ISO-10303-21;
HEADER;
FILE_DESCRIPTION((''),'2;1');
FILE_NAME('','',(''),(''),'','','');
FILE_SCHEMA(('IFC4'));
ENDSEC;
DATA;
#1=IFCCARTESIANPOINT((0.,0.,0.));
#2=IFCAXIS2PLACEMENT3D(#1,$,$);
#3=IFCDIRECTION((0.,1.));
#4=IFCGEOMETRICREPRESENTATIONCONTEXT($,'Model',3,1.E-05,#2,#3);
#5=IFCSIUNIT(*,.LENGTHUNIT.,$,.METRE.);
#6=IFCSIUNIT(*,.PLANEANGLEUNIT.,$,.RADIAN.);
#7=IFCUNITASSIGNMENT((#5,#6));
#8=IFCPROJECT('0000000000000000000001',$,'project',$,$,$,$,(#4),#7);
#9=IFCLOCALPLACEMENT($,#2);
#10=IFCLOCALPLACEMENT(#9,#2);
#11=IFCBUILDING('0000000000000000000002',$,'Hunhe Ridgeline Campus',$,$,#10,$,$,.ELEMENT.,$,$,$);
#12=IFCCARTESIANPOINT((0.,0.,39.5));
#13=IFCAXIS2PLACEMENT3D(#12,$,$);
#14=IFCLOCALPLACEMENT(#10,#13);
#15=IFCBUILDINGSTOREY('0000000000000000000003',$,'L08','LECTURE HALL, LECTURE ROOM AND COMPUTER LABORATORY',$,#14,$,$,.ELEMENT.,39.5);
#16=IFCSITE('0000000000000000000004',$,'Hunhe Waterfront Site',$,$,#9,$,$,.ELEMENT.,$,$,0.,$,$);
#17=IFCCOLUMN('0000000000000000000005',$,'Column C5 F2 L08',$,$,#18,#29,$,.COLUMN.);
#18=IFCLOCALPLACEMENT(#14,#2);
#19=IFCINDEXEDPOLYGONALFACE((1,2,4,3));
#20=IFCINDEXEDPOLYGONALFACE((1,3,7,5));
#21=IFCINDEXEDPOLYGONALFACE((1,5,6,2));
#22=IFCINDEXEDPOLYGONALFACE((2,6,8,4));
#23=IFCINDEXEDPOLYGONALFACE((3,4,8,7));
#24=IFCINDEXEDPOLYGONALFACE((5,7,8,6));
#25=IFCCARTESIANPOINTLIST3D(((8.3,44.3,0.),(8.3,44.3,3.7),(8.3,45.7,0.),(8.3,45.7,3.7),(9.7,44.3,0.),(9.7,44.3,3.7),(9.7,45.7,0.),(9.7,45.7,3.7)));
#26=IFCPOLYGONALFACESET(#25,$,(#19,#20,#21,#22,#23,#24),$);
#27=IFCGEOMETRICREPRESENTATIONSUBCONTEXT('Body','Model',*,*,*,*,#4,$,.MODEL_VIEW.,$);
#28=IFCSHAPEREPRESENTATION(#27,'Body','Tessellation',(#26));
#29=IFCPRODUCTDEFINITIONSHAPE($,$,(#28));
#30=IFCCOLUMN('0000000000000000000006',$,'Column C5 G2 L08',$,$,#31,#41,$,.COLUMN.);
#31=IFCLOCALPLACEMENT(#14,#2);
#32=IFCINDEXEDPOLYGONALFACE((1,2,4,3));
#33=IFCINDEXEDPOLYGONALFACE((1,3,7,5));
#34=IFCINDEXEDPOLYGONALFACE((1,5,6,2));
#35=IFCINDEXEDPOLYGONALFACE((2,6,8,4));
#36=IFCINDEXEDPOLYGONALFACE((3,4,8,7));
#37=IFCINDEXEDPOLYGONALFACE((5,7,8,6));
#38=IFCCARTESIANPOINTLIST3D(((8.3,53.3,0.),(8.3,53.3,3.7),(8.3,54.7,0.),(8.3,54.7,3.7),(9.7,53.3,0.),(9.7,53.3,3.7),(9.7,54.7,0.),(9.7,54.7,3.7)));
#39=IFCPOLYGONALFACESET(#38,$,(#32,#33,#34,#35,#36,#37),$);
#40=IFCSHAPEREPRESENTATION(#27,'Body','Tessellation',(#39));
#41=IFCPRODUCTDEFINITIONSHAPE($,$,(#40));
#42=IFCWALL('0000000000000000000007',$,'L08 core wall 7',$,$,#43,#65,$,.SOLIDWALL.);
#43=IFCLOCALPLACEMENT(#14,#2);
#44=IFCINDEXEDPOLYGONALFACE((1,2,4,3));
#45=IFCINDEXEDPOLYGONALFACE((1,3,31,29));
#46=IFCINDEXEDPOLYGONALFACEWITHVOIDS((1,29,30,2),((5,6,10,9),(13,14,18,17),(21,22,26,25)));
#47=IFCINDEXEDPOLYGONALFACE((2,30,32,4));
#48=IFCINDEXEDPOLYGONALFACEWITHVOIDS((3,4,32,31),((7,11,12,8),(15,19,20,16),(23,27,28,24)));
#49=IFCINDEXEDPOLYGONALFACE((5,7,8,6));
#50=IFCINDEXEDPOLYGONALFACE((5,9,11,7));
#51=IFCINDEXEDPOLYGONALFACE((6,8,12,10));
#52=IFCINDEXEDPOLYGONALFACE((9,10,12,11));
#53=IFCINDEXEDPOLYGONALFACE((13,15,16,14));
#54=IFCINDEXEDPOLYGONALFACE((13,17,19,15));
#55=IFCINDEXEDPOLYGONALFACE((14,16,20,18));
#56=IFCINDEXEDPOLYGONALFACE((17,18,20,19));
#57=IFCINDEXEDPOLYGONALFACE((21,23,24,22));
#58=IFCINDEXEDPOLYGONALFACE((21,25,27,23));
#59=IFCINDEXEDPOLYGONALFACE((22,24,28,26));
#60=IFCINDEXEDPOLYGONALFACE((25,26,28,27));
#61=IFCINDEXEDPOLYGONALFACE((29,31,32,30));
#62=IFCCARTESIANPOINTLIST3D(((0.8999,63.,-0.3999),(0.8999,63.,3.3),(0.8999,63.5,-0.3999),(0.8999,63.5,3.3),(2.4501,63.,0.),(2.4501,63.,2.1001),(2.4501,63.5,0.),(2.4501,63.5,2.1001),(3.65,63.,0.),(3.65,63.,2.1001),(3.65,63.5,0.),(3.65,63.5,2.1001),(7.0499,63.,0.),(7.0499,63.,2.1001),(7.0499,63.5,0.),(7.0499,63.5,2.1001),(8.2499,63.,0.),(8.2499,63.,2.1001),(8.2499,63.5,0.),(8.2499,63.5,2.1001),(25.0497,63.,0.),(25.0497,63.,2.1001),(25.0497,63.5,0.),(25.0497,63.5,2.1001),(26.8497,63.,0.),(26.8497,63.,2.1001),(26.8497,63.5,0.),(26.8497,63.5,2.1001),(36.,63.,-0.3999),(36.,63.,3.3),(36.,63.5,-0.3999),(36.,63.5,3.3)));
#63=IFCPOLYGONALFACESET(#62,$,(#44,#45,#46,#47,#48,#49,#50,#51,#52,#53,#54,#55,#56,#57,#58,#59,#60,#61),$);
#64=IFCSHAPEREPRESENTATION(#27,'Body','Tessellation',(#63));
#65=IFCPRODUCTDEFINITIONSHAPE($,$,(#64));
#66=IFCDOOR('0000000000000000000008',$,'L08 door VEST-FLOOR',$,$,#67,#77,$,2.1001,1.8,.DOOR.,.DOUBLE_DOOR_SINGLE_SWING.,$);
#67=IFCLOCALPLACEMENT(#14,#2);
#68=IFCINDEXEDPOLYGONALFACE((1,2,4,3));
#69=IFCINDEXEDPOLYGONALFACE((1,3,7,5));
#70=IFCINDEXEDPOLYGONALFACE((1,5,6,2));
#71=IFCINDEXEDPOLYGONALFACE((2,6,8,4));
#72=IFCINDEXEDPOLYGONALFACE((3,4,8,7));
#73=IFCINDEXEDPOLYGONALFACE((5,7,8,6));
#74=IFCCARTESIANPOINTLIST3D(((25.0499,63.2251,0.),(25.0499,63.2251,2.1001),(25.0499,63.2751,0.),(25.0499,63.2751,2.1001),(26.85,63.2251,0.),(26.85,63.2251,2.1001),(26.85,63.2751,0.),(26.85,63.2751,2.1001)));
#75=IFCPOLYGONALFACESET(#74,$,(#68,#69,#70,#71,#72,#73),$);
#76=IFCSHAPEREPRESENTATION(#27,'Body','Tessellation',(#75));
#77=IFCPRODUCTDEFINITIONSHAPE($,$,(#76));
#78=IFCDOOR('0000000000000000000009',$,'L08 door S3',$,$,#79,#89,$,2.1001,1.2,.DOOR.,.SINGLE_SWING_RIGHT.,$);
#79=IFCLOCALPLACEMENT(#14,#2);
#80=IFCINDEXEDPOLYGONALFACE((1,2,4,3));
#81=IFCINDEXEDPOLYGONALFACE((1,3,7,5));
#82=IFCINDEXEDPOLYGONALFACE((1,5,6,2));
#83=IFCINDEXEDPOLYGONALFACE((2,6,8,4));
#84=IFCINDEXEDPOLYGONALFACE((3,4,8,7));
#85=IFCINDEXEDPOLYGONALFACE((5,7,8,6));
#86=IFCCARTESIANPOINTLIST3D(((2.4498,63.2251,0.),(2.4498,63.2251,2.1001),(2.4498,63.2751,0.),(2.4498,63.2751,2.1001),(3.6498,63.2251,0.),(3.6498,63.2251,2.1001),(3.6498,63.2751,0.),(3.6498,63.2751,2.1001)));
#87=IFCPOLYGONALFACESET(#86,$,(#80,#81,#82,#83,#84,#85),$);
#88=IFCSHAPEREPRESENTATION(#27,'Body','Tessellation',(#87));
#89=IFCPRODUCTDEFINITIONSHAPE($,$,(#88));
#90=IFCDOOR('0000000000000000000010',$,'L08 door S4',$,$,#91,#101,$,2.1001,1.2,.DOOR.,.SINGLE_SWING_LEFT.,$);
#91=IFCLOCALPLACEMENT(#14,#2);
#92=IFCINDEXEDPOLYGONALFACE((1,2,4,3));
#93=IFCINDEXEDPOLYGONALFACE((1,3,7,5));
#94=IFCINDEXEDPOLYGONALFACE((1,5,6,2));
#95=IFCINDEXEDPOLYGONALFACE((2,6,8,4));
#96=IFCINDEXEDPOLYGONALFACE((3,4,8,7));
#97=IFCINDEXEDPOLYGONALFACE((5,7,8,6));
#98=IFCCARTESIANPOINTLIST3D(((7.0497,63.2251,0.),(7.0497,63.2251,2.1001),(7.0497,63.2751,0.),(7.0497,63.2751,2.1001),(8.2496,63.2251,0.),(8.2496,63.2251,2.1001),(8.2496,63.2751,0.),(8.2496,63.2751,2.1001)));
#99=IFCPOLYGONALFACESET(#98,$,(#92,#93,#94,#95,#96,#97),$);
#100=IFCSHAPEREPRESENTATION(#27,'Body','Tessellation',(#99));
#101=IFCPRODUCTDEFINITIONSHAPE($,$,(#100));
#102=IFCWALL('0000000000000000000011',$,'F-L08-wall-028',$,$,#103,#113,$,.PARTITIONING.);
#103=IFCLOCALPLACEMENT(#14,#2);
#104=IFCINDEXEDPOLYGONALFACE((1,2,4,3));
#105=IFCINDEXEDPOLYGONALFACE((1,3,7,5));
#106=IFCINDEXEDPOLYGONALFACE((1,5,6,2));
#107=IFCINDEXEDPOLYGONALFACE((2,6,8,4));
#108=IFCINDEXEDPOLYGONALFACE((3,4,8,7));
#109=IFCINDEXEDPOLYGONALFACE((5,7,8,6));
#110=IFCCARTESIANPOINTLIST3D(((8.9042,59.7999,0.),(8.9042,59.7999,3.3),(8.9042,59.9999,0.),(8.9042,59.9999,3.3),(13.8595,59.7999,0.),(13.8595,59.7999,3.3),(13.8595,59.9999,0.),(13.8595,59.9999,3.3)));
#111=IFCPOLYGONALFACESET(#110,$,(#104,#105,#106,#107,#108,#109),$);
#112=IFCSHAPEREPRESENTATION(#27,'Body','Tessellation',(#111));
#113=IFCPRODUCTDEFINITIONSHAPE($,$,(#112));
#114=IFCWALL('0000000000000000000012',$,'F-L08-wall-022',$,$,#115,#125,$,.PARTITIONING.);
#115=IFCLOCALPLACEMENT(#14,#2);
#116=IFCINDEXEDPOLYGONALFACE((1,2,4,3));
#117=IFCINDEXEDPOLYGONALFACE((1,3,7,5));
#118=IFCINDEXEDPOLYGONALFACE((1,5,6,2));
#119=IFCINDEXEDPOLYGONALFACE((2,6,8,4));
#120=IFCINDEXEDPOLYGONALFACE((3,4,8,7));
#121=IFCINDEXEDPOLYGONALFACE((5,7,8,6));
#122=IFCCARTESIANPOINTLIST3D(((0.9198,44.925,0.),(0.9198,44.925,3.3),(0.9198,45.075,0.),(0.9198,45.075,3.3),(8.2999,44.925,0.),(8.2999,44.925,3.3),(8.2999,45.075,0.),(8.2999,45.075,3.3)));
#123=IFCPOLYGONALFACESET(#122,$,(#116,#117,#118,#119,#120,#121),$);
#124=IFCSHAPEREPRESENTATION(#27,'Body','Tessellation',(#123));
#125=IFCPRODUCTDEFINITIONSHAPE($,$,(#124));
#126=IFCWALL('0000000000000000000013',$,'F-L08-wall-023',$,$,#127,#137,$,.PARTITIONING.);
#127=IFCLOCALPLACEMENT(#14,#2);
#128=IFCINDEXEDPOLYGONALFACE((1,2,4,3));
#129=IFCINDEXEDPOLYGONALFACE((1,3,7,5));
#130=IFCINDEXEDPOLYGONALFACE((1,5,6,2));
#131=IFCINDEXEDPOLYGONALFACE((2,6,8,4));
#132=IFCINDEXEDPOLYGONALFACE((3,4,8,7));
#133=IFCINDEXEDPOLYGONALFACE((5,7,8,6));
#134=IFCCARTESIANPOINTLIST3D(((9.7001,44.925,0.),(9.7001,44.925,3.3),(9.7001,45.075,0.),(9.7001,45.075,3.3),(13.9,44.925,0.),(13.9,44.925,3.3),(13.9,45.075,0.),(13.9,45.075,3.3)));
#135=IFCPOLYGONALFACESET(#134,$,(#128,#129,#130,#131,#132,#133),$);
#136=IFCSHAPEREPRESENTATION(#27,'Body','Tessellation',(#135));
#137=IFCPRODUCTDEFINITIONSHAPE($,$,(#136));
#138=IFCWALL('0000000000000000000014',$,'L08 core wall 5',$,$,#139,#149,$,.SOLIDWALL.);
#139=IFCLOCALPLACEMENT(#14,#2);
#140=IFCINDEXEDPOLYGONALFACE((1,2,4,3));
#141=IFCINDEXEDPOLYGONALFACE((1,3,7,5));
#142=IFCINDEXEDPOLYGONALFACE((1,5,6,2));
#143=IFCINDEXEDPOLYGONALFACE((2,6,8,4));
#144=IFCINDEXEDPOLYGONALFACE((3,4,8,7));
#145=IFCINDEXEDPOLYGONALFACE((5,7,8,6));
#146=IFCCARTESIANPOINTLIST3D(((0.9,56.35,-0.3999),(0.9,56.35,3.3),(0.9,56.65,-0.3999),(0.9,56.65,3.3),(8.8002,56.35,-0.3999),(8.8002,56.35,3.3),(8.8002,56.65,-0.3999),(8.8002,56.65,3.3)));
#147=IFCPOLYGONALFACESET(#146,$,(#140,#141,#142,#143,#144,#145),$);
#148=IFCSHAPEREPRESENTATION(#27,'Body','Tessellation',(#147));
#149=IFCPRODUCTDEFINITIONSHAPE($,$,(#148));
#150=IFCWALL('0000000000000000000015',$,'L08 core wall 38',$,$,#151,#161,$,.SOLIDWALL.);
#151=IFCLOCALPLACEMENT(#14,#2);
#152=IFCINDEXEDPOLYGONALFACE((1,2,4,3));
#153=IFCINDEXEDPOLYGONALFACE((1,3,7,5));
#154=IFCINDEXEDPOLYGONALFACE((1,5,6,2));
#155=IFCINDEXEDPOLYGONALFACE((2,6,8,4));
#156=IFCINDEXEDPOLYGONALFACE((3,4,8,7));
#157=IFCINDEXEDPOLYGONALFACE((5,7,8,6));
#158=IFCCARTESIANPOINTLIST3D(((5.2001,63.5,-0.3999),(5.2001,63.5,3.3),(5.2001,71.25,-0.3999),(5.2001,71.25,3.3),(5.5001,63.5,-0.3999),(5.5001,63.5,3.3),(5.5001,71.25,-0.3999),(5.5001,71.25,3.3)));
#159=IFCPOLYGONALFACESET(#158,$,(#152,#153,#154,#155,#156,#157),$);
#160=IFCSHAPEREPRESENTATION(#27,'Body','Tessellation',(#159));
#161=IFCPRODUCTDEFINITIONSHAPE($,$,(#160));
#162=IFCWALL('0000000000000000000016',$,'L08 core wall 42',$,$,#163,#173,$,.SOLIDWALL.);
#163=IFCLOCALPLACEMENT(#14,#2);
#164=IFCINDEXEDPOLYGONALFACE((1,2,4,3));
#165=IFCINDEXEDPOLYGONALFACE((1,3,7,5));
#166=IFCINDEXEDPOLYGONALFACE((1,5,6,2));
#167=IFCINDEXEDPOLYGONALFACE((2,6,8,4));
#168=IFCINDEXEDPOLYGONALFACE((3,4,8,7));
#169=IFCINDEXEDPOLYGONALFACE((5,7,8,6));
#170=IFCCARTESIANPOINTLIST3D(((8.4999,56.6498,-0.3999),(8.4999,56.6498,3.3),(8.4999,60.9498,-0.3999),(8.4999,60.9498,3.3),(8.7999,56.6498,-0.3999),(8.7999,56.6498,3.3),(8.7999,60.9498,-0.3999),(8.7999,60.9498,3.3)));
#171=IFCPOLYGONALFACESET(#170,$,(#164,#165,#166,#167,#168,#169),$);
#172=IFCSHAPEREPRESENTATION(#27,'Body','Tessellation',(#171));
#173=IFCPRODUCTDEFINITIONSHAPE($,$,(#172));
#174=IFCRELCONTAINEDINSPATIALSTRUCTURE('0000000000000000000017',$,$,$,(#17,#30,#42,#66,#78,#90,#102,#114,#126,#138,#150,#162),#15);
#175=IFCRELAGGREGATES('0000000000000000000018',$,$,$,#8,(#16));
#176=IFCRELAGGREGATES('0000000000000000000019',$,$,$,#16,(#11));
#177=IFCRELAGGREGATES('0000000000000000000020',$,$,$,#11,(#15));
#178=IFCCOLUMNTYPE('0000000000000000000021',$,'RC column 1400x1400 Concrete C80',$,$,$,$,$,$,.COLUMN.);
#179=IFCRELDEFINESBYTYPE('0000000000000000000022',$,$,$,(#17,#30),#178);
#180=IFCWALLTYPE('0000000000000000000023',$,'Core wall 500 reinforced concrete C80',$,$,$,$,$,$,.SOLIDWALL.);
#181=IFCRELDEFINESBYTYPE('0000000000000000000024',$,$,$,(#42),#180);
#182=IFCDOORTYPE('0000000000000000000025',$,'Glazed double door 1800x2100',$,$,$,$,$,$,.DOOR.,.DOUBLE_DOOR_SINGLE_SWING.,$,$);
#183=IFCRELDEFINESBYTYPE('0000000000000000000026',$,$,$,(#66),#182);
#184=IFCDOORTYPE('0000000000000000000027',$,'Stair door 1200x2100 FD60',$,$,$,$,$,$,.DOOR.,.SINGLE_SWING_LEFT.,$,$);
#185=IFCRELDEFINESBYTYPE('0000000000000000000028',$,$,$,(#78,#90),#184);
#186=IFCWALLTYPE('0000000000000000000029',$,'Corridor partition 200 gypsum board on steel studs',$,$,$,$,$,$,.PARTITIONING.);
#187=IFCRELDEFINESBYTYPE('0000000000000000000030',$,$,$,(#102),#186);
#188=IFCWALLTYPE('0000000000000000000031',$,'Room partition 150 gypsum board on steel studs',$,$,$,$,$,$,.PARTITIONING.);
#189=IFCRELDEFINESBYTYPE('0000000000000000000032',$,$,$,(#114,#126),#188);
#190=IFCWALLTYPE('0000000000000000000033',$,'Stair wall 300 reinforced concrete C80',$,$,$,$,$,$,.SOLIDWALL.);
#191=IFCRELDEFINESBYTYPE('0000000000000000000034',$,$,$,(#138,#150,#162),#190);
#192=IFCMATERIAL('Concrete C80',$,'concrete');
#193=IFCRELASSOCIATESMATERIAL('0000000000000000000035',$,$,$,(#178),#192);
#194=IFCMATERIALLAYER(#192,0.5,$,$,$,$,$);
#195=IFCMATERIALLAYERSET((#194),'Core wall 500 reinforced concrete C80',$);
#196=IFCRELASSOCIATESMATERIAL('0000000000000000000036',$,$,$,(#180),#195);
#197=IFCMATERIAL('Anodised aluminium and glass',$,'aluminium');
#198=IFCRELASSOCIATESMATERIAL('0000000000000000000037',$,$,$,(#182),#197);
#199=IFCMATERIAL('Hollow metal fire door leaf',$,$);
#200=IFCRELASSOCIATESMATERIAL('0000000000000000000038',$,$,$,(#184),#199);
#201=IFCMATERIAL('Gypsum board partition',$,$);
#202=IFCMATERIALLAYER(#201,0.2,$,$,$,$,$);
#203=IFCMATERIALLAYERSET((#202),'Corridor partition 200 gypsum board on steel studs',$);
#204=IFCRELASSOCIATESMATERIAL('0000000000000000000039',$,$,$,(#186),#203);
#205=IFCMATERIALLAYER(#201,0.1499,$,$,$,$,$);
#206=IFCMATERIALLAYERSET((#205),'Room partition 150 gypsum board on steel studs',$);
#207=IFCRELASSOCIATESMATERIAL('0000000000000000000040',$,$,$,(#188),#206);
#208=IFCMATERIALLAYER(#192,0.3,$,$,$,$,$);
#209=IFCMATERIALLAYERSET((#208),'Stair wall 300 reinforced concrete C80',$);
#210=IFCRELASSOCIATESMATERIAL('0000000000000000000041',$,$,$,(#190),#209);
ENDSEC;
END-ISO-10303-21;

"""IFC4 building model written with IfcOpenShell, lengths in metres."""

from ifc_helpers import new_model, si_unit, direction, frame, frame_2d, origin, origin_2d, place, context, subcontext, project, spatial, rectangle, extrude, material, layer, layer_set, material_profile, profile_set, type_object, element, fill, save


model = new_model("IFC4")

# Units and contexts
model_context = context("Model", 3, precision=1e-05, world=origin(), true_north=direction((0.0, 1.0)))
body_context = subcontext(model_context, "Body", "Model", "MODEL_VIEW")
ifc_project = project(units=[si_unit("LENGTHUNIT", "METRE"), si_unit("PLANEANGLEUNIT", "RADIAN")], contexts=[model_context])

# Site, building, storey
site_placement = place(None, origin())
site = spatial("IfcSite", under=ifc_project, at=site_placement, Name="Hunhe Waterfront Site", CompositionType="ELEMENT", RefElevation=0.0)
building_placement = place(site_placement, origin())
building = spatial("IfcBuilding", under=site, at=building_placement, Name="Hunhe Ridgeline Campus", CompositionType="ELEMENT")
storey_placement = place(building_placement, frame((0.0, 0.0, 39.5)))
storey = spatial("IfcBuildingStorey", under=building, at=storey_placement, Name="L08", Description="LECTURE HALL, LECTURE ROOM AND COMPUTER LABORATORY", CompositionType="ELEMENT", Elevation=39.5)

# Columns
ifc_material_1 = material(Name="Concrete C80", Category="concrete")
ifc_material_profile = material_profile(ifc_material_1, rectangle(XDim=1.3999, YDim=1.3999, at=origin_2d()))
ifc_profile_set = profile_set([ifc_material_profile], Name="Concrete C80")
column_type = type_object("IfcColumnType", Name="RC column 1400x1400 Concrete C80", PredefinedType="COLUMN", material=ifc_profile_set)
for number, where, z_axis, x_axis, name in (
    (1, (9.0, 45.0, 0.0), (0.0, 0.0, 1.0), (1.0, 0.0, 0.0), "Column C5 F2 L08"),
    (2, (9.0, 54.0, 0.0), (0.0, 0.0, 1.0), (1.0, 0.0, 0.0), "Column C5 G2 L08"),
):
    element("IfcColumn", number, at=place(storey_placement, frame(where, z_axis=z_axis, x_axis=x_axis)), inside=storey, type_object=column_type, Name=name, PredefinedType="COLUMN", context=body_context, shape_type="SweptSolid", body=[
        extrude(rectangle(XDim=1.3999, YDim=1.3999, at=origin_2d()), origin(), (0.0, 0.0, 1.0), 3.7),
    ])

# Wall, openings, doors
ifc_layer_1 = layer(ifc_material_1, 0.5)
ifc_layer_set_1 = layer_set([ifc_layer_1], Name="Core wall 500 reinforced concrete C80")
wall_type_1 = type_object("IfcWallType", Name="Core wall 500 reinforced concrete C80", PredefinedType="SOLIDWALL", material=ifc_layer_set_1)
wall_1_placement = place(storey_placement, frame((0.8999, 63.25, -0.3999), z_axis=(0.0, 0.0, 1.0), x_axis=(1.0, 0.0, 0.0)))
wall_1 = element("IfcWall", 3, at=wall_1_placement, inside=storey, type_object=wall_type_1, Name="L08 core wall 7", PredefinedType="SOLIDWALL", context=body_context, shape_type="SweptSolid", body=[
    extrude(rectangle(XDim=35.1001, YDim=0.5, at=frame_2d((17.55, 0.0))), origin(), (0.0, 0.0, 1.0), 3.7),
])
opening_1_placement = place(wall_1_placement, frame((24.1499, 0.0, 0.3999)))
opening_1 = element("IfcOpeningElement", 4, at=opening_1_placement, cuts=wall_1, PredefinedType="OPENING", context=body_context, shape_type="SweptSolid", body=[
    extrude(rectangle(XDim=1.8, YDim=2.1001, at=frame_2d((0.8999, 1.05))), frame((0.0, 0.25, 0.0), z_axis=(0.0, -1.0, 0.0), x_axis=(1.0, 0.0, 0.0)), (0.0, 0.0, 1.0), 0.5),
])
opening_2_placement = place(wall_1_placement, frame((1.55, 0.0, 0.3999)))
opening_2 = element("IfcOpeningElement", 5, at=opening_2_placement, cuts=wall_1, PredefinedType="OPENING", context=body_context, shape_type="SweptSolid", body=[
    extrude(rectangle(XDim=1.2, YDim=2.1001, at=frame_2d((0.6001, 1.05))), frame((0.0, 0.25, 0.0), z_axis=(0.0, -1.0, 0.0), x_axis=(1.0, 0.0, 0.0)), (0.0, 0.0, 1.0), 0.5),
])
opening_3_placement = place(wall_1_placement, frame((6.1499, 0.0, 0.3999)))
opening_3 = element("IfcOpeningElement", 6, at=opening_3_placement, cuts=wall_1, PredefinedType="OPENING", context=body_context, shape_type="SweptSolid", body=[
    extrude(rectangle(XDim=1.2, YDim=2.1001, at=frame_2d((0.6001, 1.05))), frame((0.0, 0.25, 0.0), z_axis=(0.0, -1.0, 0.0), x_axis=(1.0, 0.0, 0.0)), (0.0, 0.0, 1.0), 0.5),
])
ifc_material_2 = material(Name="Anodised aluminium and glass", Category="aluminium")
door_type_1 = type_object("IfcDoorType", Name="Glazed double door 1800x2100", OperationType="DOUBLE_DOOR_SINGLE_SWING", PredefinedType="DOOR", material=ifc_material_2)
door_1_placement = place(opening_1_placement, frame((1.8, 0.0, 0.0), z_axis=(0.0, 0.0, 1.0), x_axis=(-1.0, 0.0, 0.0)))
door_1 = element("IfcDoor", 7, at=door_1_placement, inside=storey, type_object=door_type_1, Name="L08 door VEST-FLOOR", OperationType="DOUBLE_DOOR_SINGLE_SWING", OverallHeight=2.1001, OverallWidth=1.8, PredefinedType="DOOR", context=body_context, shape_type="SweptSolid", body=[
    extrude(rectangle(XDim=1.8, YDim=2.1001, at=frame_2d((0.8999, 1.05))), frame((0.0, 0.0249, 0.0), z_axis=(0.0, -1.0, 0.0), x_axis=(1.0, 0.0, 0.0)), (0.0, 0.0, 1.0), 0.05),
])
fill(opening_1, door_1)
ifc_material_3 = material(Name="Hollow metal fire door leaf")
door_type_2 = type_object("IfcDoorType", Name="Stair door 1200x2100 FD60", OperationType="SINGLE_SWING_LEFT", PredefinedType="DOOR", material=ifc_material_3)
door_2_placement = place(opening_2_placement, frame((1.2, 0.0, 0.0), z_axis=(0.0, 0.0, 1.0), x_axis=(-1.0, 0.0, 0.0)))
door_2 = element("IfcDoor", 8, at=door_2_placement, inside=storey, type_object=door_type_2, Name="L08 door S3", OperationType="SINGLE_SWING_RIGHT", OverallHeight=2.1001, OverallWidth=1.2, PredefinedType="DOOR", context=body_context, shape_type="SweptSolid", body=[
    extrude(rectangle(XDim=1.2, YDim=2.1001, at=frame_2d((0.6001, 1.05))), frame((0.0, 0.0249, 0.0), z_axis=(0.0, -1.0, 0.0), x_axis=(1.0, 0.0, 0.0)), (0.0, 0.0, 1.0), 0.05),
])
fill(opening_2, door_2)
door_3_placement = place(opening_3_placement, frame((1.2, 0.0, 0.0), z_axis=(0.0, 0.0, 1.0), x_axis=(-1.0, 0.0, 0.0)))
door_3 = element("IfcDoor", 9, at=door_3_placement, inside=storey, type_object=door_type_2, Name="L08 door S4", OperationType="SINGLE_SWING_LEFT", OverallHeight=2.1001, OverallWidth=1.2, PredefinedType="DOOR", context=body_context, shape_type="SweptSolid", body=[
    extrude(rectangle(XDim=1.2, YDim=2.1001, at=frame_2d((0.6001, 1.05))), frame((0.0, 0.0249, 0.0), z_axis=(0.0, -1.0, 0.0), x_axis=(1.0, 0.0, 0.0)), (0.0, 0.0, 1.0), 0.05),
])
fill(opening_3, door_3)

# Walls
ifc_material_4 = material(Name="Gypsum board partition")
ifc_layer_2 = layer(ifc_material_4, 0.2)
ifc_layer_set_2 = layer_set([ifc_layer_2], Name="Corridor partition 200 gypsum board on steel studs")
wall_type_2 = type_object("IfcWallType", Name="Corridor partition 200 gypsum board on steel studs", PredefinedType="PARTITIONING", material=ifc_layer_set_2)
wall_2_placement = place(storey_placement, frame((13.8594, 59.8999, 0.0), z_axis=(0.0, 0.0, 1.0), x_axis=(-1.0, 0.0, 0.0)))
element("IfcWall", 10, at=wall_2_placement, inside=storey, type_object=wall_type_2, Name="F-L08-wall-028", PredefinedType="PARTITIONING", context=body_context, shape_type="SweptSolid", body=[
    extrude(rectangle(XDim=4.9553, YDim=0.2, at=frame_2d((2.4775, 0.0))), origin(), (0.0, 0.0, 1.0), 3.3),
])
ifc_layer_3 = layer(ifc_material_4, 0.1499)
ifc_layer_set_3 = layer_set([ifc_layer_3], Name="Room partition 150 gypsum board on steel studs")
wall_type_3 = type_object("IfcWallType", Name="Room partition 150 gypsum board on steel studs", PredefinedType="PARTITIONING", material=ifc_layer_set_3)
wall_3_placement = place(storey_placement, frame((0.9199, 45.0, 0.0), z_axis=(0.0, 0.0, 1.0), x_axis=(1.0, 0.0, 0.0)))
element("IfcWall", 11, at=wall_3_placement, inside=storey, type_object=wall_type_3, Name="F-L08-wall-022", PredefinedType="PARTITIONING", context=body_context, shape_type="SweptSolid", body=[
    extrude(rectangle(XDim=7.3801, YDim=0.1499, at=frame_2d((3.6899, 0.0))), origin(), (0.0, 0.0, 1.0), 3.3),
])
wall_4_placement = place(storey_placement, frame((9.7, 45.0, 0.0), z_axis=(0.0, 0.0, 1.0), x_axis=(1.0, 0.0, 0.0)))
element("IfcWall", 12, at=wall_4_placement, inside=storey, type_object=wall_type_3, Name="F-L08-wall-023", PredefinedType="PARTITIONING", context=body_context, shape_type="SweptSolid", body=[
    extrude(rectangle(XDim=4.2, YDim=0.1499, at=frame_2d((2.1001, 0.0))), origin(), (0.0, 0.0, 1.0), 3.3),
])
ifc_layer_4 = layer(ifc_material_1, 0.3)
ifc_layer_set_4 = layer_set([ifc_layer_4], Name="Stair wall 300 reinforced concrete C80")
wall_type_4 = type_object("IfcWallType", Name="Stair wall 300 reinforced concrete C80", PredefinedType="SOLIDWALL", material=ifc_layer_set_4)
wall_5_placement = place(storey_placement, frame((0.8999, 56.5, -0.3999), z_axis=(0.0, 0.0, 1.0), x_axis=(1.0, 0.0, 0.0)))
element("IfcWall", 13, at=wall_5_placement, inside=storey, type_object=wall_type_4, Name="L08 core wall 5", PredefinedType="SOLIDWALL", context=body_context, shape_type="SweptSolid", body=[
    extrude(rectangle(XDim=7.9001, YDim=0.3, at=frame_2d((3.9502, 0.0))), origin(), (0.0, 0.0, 1.0), 3.7),
])

# Walls
wall_6_placement = place(storey_placement, frame((5.3501, 63.5, -0.3999), z_axis=(0.0, 0.0, 1.0), x_axis=(0.0, 1.0, 0.0)))
element("IfcWall", 14, at=wall_6_placement, inside=storey, type_object=wall_type_4, Name="L08 core wall 38", PredefinedType="SOLIDWALL", context=body_context, shape_type="SweptSolid", body=[
    extrude(rectangle(XDim=7.75, YDim=0.3, at=frame_2d((3.875, 0.0))), origin(), (0.0, 0.0, 1.0), 3.7),
])
wall_7_placement = place(storey_placement, frame((8.6499, 56.6499, -0.3999), z_axis=(0.0, 0.0, 1.0), x_axis=(0.0, 1.0, 0.0)))
element("IfcWall", 15, at=wall_7_placement, inside=storey, type_object=wall_type_4, Name="L08 core wall 42", PredefinedType="SOLIDWALL", context=body_context, shape_type="SweptSolid", body=[
    extrude(rectangle(XDim=4.3, YDim=0.3, at=frame_2d((2.1499, 0.0))), origin(), (0.0, 0.0, 1.0), 3.7),
])

save(model, "model.ifc")
